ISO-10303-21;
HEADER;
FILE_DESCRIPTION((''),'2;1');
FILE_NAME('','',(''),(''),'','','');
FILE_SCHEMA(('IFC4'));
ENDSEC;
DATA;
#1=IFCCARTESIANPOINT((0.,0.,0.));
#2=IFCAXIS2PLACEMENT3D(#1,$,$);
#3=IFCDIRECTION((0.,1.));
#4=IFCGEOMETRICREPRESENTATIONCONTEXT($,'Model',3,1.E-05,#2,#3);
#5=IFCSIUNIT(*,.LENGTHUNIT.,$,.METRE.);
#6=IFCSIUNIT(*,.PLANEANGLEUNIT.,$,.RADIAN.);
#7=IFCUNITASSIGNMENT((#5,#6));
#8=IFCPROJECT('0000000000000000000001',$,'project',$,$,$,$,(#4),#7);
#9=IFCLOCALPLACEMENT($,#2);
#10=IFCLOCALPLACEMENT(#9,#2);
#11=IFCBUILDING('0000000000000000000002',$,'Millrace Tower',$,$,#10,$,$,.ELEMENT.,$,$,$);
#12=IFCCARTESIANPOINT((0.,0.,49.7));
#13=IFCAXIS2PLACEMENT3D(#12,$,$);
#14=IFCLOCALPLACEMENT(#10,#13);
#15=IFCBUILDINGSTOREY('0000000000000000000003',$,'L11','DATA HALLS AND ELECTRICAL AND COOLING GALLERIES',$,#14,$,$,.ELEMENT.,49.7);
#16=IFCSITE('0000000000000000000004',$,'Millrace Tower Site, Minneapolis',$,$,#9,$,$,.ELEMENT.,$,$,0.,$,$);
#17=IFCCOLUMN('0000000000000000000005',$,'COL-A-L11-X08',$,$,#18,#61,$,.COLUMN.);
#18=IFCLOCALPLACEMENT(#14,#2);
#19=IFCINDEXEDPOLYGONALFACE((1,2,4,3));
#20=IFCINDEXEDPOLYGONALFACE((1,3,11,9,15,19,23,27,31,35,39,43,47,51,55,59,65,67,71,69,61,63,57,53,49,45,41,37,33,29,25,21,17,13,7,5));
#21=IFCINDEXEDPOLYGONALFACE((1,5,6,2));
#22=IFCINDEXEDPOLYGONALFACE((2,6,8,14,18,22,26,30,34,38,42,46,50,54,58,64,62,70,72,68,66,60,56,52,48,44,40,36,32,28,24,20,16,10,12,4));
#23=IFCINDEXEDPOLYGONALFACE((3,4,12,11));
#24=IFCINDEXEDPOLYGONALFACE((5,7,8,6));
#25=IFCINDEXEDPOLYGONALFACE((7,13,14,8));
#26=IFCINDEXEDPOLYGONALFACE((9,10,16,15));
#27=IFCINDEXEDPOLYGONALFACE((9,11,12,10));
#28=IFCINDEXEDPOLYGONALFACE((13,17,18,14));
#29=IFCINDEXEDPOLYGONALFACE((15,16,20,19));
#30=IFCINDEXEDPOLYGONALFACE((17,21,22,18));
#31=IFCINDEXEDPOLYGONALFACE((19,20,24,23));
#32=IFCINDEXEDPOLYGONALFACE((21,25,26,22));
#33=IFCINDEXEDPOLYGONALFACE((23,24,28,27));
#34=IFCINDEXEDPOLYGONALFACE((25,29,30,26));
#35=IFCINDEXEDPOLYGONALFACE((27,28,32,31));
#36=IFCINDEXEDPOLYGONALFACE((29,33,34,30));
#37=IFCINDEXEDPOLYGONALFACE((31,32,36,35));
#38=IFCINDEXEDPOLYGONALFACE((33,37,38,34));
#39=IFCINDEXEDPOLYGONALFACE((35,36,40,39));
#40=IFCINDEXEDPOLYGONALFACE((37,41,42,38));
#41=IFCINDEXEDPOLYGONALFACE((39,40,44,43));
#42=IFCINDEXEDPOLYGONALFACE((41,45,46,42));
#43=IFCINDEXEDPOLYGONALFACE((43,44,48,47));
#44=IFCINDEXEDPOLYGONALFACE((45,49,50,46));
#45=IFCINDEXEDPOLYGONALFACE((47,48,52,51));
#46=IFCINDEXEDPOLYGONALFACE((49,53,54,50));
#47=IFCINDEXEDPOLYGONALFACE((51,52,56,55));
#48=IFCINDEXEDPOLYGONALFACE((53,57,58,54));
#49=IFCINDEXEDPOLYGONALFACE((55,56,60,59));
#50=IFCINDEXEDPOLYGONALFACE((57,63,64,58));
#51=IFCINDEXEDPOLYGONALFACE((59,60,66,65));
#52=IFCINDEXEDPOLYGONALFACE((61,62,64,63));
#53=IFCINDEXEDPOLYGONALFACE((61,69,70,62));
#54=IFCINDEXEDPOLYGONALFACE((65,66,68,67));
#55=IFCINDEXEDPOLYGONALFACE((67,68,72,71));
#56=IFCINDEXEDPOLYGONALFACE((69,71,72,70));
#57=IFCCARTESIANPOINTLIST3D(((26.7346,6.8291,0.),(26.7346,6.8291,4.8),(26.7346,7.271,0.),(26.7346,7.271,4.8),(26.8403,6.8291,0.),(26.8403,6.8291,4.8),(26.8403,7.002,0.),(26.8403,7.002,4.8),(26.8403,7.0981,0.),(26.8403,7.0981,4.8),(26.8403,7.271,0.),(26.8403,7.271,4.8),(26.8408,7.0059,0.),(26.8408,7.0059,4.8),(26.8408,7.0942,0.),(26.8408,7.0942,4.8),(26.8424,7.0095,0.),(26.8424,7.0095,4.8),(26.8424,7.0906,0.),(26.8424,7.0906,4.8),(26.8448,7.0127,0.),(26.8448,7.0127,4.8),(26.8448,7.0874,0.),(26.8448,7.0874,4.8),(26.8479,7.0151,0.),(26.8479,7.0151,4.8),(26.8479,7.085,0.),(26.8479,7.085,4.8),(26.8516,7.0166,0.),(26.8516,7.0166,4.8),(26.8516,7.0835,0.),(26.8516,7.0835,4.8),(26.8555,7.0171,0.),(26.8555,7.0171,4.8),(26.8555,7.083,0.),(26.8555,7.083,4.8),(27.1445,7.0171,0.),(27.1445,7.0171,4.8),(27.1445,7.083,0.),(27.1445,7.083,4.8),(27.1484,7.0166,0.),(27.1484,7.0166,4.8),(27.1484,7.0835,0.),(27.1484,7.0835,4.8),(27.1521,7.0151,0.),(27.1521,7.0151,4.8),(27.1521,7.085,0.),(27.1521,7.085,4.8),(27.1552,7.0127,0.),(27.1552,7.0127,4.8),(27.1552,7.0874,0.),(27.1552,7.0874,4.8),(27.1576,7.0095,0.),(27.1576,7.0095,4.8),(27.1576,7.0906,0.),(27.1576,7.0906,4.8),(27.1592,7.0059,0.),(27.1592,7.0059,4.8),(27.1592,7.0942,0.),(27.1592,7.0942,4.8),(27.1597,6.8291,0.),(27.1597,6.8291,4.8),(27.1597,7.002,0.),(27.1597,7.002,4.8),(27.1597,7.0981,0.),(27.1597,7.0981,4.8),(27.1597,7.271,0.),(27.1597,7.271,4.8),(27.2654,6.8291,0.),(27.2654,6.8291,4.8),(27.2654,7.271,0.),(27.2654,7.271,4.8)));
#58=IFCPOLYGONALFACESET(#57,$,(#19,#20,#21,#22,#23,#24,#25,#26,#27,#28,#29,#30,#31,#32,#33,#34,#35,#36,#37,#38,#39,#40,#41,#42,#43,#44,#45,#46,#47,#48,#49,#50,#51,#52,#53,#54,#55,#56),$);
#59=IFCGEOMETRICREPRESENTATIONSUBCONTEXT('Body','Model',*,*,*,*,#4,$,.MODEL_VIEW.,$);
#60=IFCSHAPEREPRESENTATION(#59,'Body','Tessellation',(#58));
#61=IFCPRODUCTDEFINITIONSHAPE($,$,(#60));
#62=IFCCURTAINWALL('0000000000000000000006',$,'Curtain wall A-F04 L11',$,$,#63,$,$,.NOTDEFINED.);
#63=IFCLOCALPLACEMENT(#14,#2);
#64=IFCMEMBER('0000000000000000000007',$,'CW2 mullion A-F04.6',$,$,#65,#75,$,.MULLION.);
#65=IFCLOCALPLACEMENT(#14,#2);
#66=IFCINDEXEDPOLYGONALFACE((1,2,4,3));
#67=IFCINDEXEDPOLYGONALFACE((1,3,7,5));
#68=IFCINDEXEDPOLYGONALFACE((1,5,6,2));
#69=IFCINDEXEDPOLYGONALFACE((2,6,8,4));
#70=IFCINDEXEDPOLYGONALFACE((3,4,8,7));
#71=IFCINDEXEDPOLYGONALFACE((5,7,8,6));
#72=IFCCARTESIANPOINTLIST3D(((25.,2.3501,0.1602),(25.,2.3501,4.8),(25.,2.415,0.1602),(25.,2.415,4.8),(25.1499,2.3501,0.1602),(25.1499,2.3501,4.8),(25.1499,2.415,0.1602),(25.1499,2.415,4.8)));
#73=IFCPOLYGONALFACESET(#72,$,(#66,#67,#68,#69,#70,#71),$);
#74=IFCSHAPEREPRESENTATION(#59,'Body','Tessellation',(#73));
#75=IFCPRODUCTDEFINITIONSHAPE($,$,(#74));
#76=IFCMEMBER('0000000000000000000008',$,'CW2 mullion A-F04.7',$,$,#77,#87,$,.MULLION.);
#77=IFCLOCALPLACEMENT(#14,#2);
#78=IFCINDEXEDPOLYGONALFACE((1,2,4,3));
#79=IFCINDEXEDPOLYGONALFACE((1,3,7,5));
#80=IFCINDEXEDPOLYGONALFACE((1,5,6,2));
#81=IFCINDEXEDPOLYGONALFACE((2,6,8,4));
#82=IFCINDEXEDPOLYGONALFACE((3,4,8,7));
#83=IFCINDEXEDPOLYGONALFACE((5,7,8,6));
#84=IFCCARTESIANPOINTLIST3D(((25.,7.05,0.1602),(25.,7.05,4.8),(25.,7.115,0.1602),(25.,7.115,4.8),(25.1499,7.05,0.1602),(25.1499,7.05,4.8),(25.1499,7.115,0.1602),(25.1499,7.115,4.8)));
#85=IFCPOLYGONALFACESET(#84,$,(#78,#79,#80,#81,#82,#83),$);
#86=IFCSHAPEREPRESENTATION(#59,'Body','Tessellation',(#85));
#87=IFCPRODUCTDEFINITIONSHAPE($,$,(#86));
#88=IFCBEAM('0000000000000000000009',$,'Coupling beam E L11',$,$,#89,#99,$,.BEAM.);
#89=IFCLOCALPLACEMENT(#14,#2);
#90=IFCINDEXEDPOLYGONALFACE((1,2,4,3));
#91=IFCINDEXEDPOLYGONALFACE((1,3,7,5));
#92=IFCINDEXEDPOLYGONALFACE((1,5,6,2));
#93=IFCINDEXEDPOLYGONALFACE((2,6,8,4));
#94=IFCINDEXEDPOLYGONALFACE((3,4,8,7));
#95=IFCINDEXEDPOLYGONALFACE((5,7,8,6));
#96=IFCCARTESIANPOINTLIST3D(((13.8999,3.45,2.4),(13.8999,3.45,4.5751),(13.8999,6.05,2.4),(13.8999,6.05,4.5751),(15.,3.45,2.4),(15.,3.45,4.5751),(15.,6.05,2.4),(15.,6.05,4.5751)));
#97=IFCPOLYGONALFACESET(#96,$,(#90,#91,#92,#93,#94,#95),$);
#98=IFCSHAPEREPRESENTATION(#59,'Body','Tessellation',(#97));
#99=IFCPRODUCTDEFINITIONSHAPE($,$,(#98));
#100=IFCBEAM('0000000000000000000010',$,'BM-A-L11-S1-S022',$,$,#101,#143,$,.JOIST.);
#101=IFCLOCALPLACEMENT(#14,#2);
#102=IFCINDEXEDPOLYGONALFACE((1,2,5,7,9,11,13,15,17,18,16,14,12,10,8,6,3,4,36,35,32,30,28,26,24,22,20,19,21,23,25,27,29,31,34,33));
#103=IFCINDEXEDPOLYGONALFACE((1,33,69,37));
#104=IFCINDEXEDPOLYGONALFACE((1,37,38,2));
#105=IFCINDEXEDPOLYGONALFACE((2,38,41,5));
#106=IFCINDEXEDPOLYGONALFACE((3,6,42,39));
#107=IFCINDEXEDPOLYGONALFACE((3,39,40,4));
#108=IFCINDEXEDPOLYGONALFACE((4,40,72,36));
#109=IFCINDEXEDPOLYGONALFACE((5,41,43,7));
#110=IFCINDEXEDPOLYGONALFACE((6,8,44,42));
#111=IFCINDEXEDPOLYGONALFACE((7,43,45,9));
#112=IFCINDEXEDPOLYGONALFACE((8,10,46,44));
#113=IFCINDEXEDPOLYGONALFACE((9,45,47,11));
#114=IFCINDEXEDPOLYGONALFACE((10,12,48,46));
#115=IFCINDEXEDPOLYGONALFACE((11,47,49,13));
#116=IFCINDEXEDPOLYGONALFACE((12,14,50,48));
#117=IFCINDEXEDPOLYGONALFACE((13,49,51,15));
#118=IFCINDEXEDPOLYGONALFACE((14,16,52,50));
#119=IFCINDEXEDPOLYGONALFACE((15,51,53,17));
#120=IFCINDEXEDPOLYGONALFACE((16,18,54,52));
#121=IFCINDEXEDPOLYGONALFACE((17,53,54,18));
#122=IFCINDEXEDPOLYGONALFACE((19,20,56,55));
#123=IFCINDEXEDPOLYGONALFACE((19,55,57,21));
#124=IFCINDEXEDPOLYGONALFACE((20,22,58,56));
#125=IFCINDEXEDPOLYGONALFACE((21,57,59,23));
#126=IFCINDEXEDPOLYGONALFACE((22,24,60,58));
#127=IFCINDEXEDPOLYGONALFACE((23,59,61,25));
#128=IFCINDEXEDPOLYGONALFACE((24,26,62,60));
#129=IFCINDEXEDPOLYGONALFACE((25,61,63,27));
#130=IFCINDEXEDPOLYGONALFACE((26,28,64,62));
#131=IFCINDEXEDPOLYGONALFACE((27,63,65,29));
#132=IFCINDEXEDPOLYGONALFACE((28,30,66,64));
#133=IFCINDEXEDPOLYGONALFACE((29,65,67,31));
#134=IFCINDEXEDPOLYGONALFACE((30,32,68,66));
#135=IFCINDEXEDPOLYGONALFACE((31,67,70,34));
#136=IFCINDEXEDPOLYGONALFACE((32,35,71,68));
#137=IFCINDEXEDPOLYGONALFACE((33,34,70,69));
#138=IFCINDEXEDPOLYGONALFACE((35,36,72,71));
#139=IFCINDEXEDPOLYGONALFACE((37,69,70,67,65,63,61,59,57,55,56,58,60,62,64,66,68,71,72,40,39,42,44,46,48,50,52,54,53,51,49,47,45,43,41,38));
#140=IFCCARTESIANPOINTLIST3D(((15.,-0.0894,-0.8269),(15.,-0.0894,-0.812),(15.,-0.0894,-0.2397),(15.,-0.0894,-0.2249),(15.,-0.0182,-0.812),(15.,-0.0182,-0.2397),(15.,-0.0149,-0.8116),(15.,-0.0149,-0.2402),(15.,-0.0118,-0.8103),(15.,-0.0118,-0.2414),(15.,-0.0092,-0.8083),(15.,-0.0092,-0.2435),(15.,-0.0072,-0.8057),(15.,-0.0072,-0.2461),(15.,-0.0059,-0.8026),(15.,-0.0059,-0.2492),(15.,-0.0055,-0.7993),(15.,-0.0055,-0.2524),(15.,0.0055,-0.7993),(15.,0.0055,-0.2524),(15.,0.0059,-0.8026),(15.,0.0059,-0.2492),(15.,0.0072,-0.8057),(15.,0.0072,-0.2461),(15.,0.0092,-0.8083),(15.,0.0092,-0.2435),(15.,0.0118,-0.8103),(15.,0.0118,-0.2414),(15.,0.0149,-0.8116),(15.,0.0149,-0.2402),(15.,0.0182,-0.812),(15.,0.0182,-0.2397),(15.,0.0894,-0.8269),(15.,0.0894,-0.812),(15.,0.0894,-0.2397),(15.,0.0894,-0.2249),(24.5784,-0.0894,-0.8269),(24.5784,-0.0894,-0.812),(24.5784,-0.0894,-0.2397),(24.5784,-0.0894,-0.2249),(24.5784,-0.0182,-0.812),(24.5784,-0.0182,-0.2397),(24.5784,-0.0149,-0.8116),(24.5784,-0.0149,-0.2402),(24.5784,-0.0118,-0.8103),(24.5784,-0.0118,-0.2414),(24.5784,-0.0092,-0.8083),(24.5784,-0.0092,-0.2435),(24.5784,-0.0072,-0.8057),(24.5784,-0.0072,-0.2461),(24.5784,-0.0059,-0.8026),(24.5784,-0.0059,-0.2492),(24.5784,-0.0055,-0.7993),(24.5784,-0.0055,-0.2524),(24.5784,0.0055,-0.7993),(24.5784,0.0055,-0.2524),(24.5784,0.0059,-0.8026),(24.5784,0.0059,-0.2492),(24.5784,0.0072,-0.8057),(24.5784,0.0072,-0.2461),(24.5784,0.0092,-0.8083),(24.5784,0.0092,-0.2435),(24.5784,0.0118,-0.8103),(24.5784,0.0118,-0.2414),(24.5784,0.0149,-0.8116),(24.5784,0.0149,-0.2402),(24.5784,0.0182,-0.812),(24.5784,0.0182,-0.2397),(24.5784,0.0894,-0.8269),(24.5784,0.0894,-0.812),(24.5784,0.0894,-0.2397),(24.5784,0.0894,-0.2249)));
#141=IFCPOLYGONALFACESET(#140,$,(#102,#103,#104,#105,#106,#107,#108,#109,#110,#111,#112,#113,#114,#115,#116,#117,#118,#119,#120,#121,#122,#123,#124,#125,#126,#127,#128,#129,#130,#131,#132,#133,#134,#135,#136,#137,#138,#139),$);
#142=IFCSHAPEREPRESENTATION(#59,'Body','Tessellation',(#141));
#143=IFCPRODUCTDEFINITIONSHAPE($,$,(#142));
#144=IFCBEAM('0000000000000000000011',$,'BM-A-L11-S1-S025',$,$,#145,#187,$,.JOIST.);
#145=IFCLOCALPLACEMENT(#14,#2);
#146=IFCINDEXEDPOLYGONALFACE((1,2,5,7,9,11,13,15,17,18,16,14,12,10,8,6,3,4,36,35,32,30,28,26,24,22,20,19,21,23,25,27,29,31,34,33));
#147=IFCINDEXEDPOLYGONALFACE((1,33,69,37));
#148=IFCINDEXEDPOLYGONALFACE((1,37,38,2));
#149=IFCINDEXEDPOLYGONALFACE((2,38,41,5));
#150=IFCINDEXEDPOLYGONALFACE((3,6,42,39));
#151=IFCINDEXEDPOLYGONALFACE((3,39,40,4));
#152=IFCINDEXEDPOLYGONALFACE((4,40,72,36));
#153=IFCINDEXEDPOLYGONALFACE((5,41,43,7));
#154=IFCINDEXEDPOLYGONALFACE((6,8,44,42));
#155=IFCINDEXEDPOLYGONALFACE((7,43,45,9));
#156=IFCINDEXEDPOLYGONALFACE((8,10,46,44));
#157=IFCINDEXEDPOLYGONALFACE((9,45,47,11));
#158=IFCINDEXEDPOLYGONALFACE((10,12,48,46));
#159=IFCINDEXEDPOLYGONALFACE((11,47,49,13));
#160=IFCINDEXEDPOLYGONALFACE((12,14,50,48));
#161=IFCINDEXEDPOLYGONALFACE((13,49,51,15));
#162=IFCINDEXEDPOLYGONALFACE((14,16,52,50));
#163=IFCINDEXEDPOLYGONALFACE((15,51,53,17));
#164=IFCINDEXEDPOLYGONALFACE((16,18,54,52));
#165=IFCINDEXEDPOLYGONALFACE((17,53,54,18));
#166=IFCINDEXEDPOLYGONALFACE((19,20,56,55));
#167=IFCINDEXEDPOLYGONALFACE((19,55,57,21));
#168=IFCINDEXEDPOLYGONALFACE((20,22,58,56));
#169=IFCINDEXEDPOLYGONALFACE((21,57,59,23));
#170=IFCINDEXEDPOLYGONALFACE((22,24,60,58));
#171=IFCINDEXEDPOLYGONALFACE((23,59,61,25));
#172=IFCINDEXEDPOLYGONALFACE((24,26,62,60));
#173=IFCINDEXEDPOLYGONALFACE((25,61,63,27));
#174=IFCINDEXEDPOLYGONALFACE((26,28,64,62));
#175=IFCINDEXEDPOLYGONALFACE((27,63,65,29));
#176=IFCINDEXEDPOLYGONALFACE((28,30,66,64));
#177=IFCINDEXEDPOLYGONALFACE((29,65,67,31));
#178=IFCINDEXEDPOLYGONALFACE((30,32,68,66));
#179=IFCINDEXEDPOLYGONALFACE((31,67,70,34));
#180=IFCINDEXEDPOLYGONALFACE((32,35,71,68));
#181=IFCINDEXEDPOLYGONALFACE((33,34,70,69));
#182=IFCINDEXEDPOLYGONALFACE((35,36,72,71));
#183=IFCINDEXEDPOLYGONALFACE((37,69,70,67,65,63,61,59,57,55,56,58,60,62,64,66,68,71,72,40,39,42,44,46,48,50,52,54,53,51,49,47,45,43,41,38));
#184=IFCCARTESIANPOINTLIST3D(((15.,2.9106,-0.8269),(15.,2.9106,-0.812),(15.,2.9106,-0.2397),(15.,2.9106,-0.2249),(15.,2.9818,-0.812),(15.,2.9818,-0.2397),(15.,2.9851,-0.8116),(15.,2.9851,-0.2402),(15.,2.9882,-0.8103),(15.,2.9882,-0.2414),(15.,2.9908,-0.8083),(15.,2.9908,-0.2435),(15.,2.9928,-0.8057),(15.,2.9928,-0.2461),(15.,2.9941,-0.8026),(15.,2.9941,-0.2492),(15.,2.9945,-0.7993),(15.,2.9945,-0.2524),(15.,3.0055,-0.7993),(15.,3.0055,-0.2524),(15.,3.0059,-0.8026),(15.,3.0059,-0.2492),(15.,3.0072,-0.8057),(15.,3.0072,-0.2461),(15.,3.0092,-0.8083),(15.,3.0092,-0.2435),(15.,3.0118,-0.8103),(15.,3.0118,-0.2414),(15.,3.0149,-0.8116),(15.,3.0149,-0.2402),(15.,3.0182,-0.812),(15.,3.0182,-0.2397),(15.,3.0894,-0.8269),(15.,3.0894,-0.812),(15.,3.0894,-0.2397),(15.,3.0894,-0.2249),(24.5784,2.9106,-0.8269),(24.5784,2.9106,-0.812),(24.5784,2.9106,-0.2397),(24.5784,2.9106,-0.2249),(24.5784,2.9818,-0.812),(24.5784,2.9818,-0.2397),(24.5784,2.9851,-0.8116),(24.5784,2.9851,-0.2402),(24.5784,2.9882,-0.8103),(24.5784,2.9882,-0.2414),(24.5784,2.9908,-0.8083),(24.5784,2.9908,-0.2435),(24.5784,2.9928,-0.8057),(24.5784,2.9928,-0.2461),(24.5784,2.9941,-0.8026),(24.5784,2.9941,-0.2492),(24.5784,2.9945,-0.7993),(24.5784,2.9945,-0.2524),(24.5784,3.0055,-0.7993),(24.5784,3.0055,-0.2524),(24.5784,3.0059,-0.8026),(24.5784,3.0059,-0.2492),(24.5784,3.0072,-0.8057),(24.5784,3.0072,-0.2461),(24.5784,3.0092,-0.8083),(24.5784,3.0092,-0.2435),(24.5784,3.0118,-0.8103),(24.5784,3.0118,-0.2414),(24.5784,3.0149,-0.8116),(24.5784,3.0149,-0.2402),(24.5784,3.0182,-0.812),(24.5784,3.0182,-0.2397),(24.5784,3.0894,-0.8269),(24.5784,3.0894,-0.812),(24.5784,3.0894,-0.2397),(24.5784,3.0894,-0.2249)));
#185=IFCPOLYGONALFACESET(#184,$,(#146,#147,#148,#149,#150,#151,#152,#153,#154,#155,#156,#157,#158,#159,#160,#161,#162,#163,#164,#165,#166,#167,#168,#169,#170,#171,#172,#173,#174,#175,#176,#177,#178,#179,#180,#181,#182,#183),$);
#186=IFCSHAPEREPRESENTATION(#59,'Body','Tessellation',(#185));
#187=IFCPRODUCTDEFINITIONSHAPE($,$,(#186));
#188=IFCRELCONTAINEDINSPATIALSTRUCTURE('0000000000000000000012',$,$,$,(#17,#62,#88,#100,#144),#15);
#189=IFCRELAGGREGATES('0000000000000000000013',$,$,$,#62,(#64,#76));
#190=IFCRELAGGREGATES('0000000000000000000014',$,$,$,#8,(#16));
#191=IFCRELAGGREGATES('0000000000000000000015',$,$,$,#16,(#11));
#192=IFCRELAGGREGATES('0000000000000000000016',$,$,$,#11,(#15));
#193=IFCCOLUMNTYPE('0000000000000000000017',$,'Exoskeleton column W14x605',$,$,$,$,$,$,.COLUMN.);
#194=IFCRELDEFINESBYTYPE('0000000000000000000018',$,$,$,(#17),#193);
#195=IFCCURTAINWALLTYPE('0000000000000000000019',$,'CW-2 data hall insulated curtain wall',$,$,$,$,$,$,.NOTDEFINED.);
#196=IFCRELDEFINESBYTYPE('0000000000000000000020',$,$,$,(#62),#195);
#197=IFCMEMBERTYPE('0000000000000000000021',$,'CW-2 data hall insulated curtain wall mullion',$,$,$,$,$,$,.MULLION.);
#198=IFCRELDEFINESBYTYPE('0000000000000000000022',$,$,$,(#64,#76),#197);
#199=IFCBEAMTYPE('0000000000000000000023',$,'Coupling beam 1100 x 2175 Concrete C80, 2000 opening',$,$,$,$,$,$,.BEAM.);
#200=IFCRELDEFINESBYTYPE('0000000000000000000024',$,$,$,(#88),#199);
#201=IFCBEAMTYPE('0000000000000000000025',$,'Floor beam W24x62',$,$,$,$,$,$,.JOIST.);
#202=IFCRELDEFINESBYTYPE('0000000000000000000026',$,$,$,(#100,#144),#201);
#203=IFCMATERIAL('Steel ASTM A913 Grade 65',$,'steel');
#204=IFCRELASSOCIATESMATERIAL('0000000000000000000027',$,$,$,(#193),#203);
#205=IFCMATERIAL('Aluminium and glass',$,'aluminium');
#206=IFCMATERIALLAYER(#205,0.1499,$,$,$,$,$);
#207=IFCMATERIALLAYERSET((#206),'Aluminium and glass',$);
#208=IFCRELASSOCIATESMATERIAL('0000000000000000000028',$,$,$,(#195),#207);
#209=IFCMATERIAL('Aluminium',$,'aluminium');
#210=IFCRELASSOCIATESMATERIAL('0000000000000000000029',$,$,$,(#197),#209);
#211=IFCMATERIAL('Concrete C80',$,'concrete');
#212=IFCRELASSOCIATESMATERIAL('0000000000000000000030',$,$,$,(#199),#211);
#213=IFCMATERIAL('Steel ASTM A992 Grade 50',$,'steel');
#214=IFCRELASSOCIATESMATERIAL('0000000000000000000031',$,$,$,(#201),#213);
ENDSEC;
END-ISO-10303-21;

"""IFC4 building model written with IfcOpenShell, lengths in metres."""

from ifc_helpers import new_model, si_unit, direction, frame, origin, origin_2d, place, context, subcontext, project, spatial, rectangle, i_section, extrude, material, layer, layer_set, material_profile, profile_set, type_object, element, aggregate, save


model = new_model("IFC4")

# Units and contexts
model_context = context("Model", 3, precision=1e-05, world=origin(), true_north=direction((0.0, 1.0)))
body_context = subcontext(model_context, "Body", "Model", "MODEL_VIEW")
ifc_project = project(units=[si_unit("LENGTHUNIT", "METRE"), si_unit("PLANEANGLEUNIT", "RADIAN")], contexts=[model_context])

# Site, building, storey
site_placement = place(None, origin())
site = spatial("IfcSite", under=ifc_project, at=site_placement, Name="Millrace Tower Site, Minneapolis", CompositionType="ELEMENT", RefElevation=0.0)
building_placement = place(site_placement, origin())
building = spatial("IfcBuilding", under=site, at=building_placement, Name="Millrace Tower", CompositionType="ELEMENT")
storey_placement = place(building_placement, frame((0.0, 0.0, 49.7)))
storey = spatial("IfcBuildingStorey", under=building, at=storey_placement, Name="L11", Description="DATA HALLS AND ELECTRICAL AND COOLING GALLERIES", CompositionType="ELEMENT", Elevation=49.7)

# Column
ifc_material_1 = material(Name="Steel ASTM A913 Grade 65", Category="steel")
ifc_material_profile_1 = material_profile(ifc_material_1, i_section(OverallWidth=0.4419, OverallDepth=0.5308, WebThickness=0.0659, FlangeThickness=0.1057, FilletRadius=0.0151, at=origin_2d()))
ifc_profile_set_1 = profile_set([ifc_material_profile_1], Name="Steel ASTM A913 Grade 65")
column_type = type_object("IfcColumnType", Name="Exoskeleton column W14x605", PredefinedType="COLUMN", material=ifc_profile_set_1)
column_placement = place(storey_placement, frame((27.0, 7.05, 0.0), z_axis=(0.0, 0.0, 1.0), x_axis=(0.0, 1.0, 0.0)))
element("IfcColumn", 1, at=column_placement, inside=storey, type_object=column_type, Name="COL-A-L11-X08", PredefinedType="COLUMN", context=body_context, shape_type="SweptSolid", body=[
    extrude(i_section(OverallWidth=0.4419, OverallDepth=0.5308, WebThickness=0.0659, FlangeThickness=0.1057, FilletRadius=0.0151, at=origin_2d()), origin(), (0.0, 0.0, 1.0), 4.8),
])

# Curtain wall, members
ifc_material_2 = material(Name="Aluminium and glass", Category="aluminium")
ifc_layer_1 = layer(ifc_material_2, 0.1499)
ifc_layer_set_1 = layer_set([ifc_layer_1], Name="Aluminium and glass")
curtain_wall_type = type_object("IfcCurtainWallType", Name="CW-2 data hall insulated curtain wall", PredefinedType="NOTDEFINED", material=ifc_layer_set_1)
curtain_wall_placement = place(storey_placement, origin())
curtain_wall = element("IfcCurtainWall", 2, at=curtain_wall_placement, inside=storey, type_object=curtain_wall_type, Name="Curtain wall A-F04 L11", PredefinedType="NOTDEFINED")
ifc_material_3 = material(Name="Aluminium", Category="aluminium")
ifc_material_profile_2 = material_profile(ifc_material_3, rectangle(XDim=0.0649, YDim=0.1499, at=origin_2d()))
ifc_profile_set_2 = profile_set([ifc_material_profile_2], Name="Aluminium")
member_type = type_object("IfcMemberType", Name="CW-2 data hall insulated curtain wall mullion", PredefinedType="MULLION", material=ifc_profile_set_2)
member_1_placement = place(storey_placement, frame((25.075, 2.3826, 0.1602), z_axis=(0.0, 0.0, 1.0), x_axis=(0.0, 1.0, 0.0)))
member_1 = element("IfcMember", 3, at=member_1_placement, type_object=member_type, Name="CW2 mullion A-F04.6", PredefinedType="MULLION", context=body_context, shape_type="SweptSolid", body=[
    extrude(rectangle(XDim=0.0649, YDim=0.1499, at=origin_2d()), origin(), (0.0, 0.0, 1.0), 4.6399),
])
member_2_placement = place(storey_placement, frame((25.075, 7.0825, 0.1602), z_axis=(0.0, 0.0, 1.0), x_axis=(0.0, 1.0, 0.0)))
member_2 = element("IfcMember", 4, at=member_2_placement, type_object=member_type, Name="CW2 mullion A-F04.7", PredefinedType="MULLION", context=body_context, shape_type="SweptSolid", body=[
    extrude(rectangle(XDim=0.0649, YDim=0.1499, at=origin_2d()), origin(), (0.0, 0.0, 1.0), 4.6399),
])
aggregate(curtain_wall, [member_1, member_2])

# Beams
ifc_material_4 = material(Name="Concrete C80", Category="concrete")
ifc_material_profile_3 = material_profile(ifc_material_4, rectangle(XDim=1.1001, YDim=2.175, at=origin_2d()))
ifc_profile_set_3 = profile_set([ifc_material_profile_3], Name="Concrete C80")
beam_type_1 = type_object("IfcBeamType", Name="Coupling beam 1100 x 2175 Concrete C80, 2000 opening", PredefinedType="BEAM", material=ifc_profile_set_3)
beam_1_placement = place(storey_placement, frame((14.45, 6.05, 3.4875), z_axis=(0.0, -1.0, 0.0), x_axis=(1.0, 0.0, 0.0)))
element("IfcBeam", 5, at=beam_1_placement, inside=storey, type_object=beam_type_1, Name="Coupling beam E L11", PredefinedType="BEAM", context=body_context, shape_type="SweptSolid", body=[
    extrude(rectangle(XDim=1.1001, YDim=2.175, at=origin_2d()), origin(), (0.0, 0.0, 1.0), 2.6001),
])
ifc_material_5 = material(Name="Steel ASTM A992 Grade 50", Category="steel")
ifc_material_profile_4 = material_profile(ifc_material_5, i_section(OverallWidth=0.1787, OverallDepth=0.6021, WebThickness=0.011, FlangeThickness=0.0149, FilletRadius=0.0127, at=origin_2d()))
ifc_profile_set_4 = profile_set([ifc_material_profile_4], Name="Steel ASTM A992 Grade 50")
beam_type_2 = type_object("IfcBeamType", Name="Floor beam W24x62", PredefinedType="JOIST", material=ifc_profile_set_4)
for number, where, z_axis, x_axis, name in (
    (6, (15.0, 0.0, -0.5259), (1.0, 0.0, 0.0), (0.0, 1.0, 0.0), "BM-A-L11-S1-S022"),
    (7, (15.0, 3.0, -0.5259), (1.0, 0.0, 0.0), (0.0, 1.0, 0.0), "BM-A-L11-S1-S025"),
):
    element("IfcBeam", number, at=place(storey_placement, frame(where, z_axis=z_axis, x_axis=x_axis)), inside=storey, type_object=beam_type_2, Name=name, PredefinedType="JOIST", context=body_context, shape_type="SweptSolid", body=[
        extrude(i_section(OverallWidth=0.1787, OverallDepth=0.6021, WebThickness=0.011, FlangeThickness=0.0149, FilletRadius=0.0127, at=origin_2d()), origin(), (0.0, 0.0, 1.0), 9.5784),
    ])

save(model, "model.ifc")
